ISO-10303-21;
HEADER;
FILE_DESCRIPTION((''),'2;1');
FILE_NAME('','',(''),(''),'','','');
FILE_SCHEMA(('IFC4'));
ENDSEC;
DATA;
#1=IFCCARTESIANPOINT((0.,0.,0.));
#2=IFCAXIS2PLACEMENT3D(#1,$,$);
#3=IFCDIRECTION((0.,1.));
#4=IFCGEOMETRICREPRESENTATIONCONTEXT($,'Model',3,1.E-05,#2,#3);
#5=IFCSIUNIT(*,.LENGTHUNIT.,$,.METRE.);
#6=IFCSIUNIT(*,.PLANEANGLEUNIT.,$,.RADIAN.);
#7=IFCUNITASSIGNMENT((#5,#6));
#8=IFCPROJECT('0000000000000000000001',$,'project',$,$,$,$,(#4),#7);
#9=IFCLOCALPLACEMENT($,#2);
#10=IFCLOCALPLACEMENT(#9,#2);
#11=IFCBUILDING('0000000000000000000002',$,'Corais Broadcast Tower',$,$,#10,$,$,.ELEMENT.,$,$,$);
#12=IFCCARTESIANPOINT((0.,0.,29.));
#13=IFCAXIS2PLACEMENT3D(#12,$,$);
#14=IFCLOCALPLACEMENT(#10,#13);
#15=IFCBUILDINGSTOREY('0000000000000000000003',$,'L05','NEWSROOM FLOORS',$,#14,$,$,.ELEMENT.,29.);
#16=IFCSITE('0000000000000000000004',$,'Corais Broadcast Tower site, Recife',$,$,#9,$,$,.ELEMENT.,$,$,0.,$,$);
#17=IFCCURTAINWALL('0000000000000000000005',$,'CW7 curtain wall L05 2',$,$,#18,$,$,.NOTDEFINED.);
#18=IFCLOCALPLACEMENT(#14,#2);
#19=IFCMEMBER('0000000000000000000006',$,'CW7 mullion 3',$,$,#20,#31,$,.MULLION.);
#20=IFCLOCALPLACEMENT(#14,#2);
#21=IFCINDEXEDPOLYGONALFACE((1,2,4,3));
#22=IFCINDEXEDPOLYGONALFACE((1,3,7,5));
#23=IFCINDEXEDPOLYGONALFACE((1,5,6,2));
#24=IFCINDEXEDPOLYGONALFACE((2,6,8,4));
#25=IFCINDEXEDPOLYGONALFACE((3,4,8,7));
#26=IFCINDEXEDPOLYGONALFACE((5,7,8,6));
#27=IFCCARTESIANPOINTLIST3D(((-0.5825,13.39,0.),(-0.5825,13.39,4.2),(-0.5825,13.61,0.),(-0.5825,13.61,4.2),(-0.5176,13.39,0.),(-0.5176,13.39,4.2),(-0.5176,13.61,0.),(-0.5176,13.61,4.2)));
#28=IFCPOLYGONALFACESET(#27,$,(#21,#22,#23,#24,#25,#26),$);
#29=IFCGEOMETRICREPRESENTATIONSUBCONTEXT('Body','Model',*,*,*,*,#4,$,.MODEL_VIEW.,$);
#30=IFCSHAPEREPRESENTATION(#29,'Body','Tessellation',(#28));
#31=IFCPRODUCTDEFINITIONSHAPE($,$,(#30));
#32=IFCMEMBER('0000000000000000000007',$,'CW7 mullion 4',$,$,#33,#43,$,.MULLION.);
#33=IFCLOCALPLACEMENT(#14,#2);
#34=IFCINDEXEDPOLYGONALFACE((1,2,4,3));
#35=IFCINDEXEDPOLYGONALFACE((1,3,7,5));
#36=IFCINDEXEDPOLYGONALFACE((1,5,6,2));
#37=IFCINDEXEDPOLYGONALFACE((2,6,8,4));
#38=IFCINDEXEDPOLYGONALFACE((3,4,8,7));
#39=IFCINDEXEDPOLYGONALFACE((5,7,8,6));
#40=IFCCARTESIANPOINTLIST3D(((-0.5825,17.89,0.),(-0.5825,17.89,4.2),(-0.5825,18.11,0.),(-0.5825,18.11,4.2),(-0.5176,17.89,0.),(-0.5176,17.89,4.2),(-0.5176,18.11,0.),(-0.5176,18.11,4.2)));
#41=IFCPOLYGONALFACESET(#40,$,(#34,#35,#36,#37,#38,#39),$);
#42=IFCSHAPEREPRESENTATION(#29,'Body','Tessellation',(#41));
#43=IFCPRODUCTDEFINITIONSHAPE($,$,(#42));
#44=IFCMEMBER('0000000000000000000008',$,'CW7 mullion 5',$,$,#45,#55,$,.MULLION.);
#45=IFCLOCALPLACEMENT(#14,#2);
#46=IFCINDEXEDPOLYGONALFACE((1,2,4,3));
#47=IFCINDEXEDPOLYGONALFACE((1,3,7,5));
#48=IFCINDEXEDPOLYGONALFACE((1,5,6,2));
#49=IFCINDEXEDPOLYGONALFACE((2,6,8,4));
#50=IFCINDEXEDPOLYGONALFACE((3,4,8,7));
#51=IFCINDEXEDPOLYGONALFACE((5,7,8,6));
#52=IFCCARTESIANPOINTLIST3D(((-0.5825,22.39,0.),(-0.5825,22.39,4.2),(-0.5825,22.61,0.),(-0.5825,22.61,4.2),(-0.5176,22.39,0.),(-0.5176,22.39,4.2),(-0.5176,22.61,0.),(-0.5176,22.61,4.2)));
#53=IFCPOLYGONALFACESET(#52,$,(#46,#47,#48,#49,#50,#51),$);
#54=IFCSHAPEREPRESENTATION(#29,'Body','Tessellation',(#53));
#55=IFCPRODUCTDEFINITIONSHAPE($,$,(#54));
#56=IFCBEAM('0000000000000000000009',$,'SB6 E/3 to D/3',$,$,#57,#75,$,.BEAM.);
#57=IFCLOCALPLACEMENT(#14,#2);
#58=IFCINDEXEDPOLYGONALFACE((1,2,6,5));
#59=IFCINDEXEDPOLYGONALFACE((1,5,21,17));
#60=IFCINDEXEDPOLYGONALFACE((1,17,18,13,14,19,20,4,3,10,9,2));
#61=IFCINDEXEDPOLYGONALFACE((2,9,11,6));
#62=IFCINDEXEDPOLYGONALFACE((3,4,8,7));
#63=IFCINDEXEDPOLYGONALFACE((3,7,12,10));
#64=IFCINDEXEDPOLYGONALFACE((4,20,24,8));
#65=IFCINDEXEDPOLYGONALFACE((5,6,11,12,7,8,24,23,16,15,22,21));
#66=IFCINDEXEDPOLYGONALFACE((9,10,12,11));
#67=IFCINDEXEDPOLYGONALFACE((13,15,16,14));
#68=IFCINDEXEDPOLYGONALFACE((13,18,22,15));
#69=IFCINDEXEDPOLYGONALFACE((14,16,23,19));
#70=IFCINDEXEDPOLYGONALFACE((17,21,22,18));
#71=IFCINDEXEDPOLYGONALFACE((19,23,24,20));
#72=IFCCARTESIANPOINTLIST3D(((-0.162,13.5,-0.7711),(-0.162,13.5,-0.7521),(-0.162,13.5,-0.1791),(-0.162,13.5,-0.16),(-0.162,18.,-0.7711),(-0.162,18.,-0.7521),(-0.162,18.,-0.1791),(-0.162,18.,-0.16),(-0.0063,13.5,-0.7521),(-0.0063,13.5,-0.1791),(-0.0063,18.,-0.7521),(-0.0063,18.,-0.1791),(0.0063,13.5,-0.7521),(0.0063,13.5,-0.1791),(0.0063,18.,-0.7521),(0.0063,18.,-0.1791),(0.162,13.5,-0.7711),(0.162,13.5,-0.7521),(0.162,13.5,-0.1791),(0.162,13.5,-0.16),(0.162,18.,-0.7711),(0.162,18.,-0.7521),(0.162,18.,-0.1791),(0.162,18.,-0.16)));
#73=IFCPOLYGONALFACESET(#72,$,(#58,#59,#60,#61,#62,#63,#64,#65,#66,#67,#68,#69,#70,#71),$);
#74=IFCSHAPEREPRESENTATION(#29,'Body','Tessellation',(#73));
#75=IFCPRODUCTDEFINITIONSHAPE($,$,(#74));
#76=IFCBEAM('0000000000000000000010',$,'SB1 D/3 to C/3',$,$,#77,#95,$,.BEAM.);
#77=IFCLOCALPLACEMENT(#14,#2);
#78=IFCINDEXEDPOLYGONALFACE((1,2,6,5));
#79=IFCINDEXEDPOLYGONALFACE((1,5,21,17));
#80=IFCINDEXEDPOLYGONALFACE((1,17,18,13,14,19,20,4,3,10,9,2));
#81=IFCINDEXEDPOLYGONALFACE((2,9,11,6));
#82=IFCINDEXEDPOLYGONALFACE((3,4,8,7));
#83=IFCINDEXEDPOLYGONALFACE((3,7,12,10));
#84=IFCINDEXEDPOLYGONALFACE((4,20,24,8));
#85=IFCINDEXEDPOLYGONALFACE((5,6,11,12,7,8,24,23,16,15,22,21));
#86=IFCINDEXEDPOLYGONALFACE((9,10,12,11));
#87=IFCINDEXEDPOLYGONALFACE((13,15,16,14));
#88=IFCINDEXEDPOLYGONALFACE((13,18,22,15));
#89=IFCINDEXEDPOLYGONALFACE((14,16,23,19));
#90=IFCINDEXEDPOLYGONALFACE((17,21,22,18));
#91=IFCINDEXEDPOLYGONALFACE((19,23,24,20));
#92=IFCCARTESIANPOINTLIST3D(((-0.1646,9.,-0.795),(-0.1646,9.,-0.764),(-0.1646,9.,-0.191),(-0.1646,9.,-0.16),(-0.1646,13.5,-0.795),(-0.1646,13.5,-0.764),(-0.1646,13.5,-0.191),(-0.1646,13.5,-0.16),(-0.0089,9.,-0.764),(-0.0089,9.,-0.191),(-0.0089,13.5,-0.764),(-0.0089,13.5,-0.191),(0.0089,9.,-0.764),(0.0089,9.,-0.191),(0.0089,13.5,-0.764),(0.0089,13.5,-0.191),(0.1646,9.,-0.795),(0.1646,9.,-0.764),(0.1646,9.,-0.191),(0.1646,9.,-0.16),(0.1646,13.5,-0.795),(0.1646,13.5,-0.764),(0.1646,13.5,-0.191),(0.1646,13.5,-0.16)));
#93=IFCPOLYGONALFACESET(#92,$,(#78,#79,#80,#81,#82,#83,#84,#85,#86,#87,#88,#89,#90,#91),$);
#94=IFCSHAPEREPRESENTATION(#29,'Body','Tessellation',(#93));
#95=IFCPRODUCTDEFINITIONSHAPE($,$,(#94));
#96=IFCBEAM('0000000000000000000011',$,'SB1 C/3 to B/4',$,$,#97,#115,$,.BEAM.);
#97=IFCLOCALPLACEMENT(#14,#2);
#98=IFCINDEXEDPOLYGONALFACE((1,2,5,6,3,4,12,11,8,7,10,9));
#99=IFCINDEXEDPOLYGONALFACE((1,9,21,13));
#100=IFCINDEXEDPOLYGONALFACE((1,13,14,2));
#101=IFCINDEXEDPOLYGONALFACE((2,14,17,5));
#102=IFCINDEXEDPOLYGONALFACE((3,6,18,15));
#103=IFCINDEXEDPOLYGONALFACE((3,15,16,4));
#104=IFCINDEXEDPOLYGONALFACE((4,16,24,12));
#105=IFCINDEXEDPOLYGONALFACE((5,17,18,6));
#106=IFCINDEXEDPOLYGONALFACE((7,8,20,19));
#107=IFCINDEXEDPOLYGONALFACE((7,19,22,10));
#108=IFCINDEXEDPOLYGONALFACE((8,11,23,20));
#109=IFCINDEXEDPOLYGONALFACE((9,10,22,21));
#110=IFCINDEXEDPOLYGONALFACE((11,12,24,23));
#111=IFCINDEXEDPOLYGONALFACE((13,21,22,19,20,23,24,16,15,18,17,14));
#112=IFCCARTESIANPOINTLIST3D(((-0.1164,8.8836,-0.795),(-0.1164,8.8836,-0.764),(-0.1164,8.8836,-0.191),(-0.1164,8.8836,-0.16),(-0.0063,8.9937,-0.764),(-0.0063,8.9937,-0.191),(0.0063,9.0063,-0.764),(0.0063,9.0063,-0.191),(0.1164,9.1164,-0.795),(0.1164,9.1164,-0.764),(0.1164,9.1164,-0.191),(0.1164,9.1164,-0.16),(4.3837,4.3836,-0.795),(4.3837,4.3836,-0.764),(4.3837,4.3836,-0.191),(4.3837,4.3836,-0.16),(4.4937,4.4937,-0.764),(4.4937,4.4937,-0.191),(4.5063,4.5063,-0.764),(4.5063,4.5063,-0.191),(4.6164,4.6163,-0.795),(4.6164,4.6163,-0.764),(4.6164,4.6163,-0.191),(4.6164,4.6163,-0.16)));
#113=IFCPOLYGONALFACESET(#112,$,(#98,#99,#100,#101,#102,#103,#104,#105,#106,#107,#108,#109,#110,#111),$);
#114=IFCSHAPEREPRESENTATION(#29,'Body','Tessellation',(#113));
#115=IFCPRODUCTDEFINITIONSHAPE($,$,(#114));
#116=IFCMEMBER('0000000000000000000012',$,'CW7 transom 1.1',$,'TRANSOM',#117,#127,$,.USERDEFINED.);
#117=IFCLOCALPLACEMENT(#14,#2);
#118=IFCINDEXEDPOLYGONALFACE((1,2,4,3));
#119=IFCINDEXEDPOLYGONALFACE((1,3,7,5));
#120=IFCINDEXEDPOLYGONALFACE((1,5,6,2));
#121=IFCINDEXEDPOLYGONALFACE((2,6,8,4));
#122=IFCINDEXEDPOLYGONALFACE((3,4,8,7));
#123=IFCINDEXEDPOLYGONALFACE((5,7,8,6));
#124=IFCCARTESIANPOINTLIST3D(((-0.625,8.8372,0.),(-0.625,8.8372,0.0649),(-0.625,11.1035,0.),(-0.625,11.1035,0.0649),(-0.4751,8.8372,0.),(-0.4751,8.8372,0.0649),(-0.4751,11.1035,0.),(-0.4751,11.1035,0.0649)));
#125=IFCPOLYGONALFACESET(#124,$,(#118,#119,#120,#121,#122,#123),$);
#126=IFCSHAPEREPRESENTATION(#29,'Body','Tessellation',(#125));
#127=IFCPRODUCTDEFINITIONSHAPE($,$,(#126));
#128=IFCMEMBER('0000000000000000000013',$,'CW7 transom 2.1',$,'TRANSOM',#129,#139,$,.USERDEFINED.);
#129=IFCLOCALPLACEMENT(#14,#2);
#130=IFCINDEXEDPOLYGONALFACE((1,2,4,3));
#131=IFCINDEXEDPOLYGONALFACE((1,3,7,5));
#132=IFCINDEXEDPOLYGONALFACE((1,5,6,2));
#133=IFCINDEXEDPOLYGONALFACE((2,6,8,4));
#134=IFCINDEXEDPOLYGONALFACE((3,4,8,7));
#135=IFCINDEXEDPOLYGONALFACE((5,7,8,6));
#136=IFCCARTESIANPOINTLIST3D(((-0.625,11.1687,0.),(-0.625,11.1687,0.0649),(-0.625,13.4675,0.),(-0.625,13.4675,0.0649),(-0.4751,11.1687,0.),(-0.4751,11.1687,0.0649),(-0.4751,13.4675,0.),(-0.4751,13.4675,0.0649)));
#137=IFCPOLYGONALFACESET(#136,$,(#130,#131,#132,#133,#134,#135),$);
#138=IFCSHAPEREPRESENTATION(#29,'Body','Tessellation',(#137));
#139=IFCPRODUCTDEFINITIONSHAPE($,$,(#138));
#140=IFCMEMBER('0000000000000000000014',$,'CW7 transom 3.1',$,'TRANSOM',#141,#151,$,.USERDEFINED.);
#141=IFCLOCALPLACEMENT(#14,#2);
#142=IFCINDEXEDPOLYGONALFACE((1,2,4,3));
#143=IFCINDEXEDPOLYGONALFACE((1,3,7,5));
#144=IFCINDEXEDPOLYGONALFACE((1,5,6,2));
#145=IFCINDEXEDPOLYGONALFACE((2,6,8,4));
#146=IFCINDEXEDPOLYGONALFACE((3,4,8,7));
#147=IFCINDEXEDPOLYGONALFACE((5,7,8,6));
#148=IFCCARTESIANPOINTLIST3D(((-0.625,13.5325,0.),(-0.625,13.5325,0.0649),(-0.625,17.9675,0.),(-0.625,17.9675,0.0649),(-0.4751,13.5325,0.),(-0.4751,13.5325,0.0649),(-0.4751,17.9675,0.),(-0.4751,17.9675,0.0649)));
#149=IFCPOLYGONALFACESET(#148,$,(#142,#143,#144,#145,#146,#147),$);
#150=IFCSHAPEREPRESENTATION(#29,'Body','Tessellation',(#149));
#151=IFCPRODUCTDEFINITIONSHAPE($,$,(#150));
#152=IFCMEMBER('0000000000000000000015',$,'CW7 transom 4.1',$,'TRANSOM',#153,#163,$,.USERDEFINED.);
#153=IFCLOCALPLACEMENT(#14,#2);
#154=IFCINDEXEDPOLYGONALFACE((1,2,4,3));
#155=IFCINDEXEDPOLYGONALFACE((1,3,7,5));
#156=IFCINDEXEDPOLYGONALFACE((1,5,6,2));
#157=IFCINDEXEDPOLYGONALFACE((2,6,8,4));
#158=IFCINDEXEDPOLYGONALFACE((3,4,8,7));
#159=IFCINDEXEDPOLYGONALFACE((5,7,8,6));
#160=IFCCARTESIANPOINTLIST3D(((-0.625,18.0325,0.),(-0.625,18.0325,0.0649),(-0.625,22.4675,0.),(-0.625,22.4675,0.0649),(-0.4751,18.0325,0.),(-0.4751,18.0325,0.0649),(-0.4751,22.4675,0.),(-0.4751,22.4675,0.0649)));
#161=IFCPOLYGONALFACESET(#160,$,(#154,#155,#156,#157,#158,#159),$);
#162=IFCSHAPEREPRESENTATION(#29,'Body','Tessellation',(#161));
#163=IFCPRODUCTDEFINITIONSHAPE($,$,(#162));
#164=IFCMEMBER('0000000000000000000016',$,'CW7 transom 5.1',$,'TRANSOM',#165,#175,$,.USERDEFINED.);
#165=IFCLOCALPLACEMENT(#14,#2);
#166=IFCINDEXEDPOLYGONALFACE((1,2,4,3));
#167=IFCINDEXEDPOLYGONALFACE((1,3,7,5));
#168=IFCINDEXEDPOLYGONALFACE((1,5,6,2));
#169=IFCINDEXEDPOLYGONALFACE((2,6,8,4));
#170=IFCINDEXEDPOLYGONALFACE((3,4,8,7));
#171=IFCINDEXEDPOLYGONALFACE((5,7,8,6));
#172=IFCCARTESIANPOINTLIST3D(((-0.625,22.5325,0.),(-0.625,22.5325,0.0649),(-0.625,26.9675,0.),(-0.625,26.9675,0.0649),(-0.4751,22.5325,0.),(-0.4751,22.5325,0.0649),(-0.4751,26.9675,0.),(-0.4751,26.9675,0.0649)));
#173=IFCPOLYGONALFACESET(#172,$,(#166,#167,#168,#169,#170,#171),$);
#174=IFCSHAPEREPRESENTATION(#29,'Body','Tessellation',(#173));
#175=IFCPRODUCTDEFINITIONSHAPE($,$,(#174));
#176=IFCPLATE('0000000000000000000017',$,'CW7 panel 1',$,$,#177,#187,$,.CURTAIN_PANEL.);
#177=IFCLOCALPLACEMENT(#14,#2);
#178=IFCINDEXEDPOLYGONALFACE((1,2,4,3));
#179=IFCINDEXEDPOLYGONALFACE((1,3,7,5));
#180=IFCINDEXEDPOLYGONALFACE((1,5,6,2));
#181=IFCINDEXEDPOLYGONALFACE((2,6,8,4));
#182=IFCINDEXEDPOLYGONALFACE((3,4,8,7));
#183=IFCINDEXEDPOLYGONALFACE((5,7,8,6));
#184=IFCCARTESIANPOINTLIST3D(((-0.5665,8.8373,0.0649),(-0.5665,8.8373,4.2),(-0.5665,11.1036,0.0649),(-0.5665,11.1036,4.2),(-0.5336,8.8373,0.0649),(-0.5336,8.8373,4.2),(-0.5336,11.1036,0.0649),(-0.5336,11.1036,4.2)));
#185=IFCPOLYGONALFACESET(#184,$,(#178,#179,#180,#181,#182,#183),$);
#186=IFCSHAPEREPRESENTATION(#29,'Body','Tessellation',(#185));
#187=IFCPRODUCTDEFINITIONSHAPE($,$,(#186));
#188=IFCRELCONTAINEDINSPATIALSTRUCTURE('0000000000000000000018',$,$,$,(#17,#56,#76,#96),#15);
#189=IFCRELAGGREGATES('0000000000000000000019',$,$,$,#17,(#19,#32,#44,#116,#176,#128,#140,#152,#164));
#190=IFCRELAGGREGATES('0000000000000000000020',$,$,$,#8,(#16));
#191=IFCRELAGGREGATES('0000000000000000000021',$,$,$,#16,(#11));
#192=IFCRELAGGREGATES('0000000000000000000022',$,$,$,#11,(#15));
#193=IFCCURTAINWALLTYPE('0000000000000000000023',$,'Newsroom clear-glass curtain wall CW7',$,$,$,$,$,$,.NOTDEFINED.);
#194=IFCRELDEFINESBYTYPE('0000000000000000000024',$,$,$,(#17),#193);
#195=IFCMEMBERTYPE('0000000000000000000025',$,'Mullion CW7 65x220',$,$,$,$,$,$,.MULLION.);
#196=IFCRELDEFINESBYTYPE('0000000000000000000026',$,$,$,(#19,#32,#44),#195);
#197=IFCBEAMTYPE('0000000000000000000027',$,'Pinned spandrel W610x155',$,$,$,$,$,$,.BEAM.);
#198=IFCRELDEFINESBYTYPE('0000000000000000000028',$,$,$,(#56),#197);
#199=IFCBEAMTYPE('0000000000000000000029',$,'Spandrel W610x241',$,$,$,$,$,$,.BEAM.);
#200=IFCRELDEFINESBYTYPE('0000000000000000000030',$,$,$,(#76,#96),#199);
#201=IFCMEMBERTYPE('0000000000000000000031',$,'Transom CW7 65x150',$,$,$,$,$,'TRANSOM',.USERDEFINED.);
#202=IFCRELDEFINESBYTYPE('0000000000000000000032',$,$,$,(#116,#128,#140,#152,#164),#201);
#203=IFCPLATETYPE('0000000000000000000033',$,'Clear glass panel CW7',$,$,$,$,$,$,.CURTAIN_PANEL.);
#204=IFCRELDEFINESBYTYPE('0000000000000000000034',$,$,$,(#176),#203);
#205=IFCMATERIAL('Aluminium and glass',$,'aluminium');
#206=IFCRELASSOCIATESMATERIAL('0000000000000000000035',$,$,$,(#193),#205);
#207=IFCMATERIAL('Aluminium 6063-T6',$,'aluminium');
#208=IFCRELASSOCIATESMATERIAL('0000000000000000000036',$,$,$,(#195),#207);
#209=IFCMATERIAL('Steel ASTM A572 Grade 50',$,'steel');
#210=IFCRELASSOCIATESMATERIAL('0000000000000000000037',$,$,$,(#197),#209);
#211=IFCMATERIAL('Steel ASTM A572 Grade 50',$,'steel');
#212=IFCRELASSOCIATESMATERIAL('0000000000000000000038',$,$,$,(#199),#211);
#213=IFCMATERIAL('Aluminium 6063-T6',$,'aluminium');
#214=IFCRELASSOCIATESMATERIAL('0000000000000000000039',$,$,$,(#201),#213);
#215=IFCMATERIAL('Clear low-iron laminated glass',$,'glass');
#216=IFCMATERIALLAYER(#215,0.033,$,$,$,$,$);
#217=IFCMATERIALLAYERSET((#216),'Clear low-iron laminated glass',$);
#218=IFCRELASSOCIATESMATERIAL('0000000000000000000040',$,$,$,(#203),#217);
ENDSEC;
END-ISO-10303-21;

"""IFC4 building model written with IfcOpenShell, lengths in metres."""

from ifc_helpers import new_model, si_unit, direction, frame, origin, origin_2d, place, context, subcontext, project, spatial, rectangle, i_section, extrude, material, layer, layer_set, material_profile, profile_set, type_object, element, aggregate, save


model = new_model("IFC4")

# Units and contexts
model_context = context("Model", 3, precision=1e-05, world=origin(), true_north=direction((0.0, 1.0)))
body_context = subcontext(model_context, "Body", "Model", "MODEL_VIEW")
ifc_project = project(units=[si_unit("LENGTHUNIT", "METRE"), si_unit("PLANEANGLEUNIT", "RADIAN")], contexts=[model_context])

# Site, building, storey
site_placement = place(None, origin())
site = spatial("IfcSite", under=ifc_project, at=site_placement, Name="Corais Broadcast Tower site, Recife", CompositionType="ELEMENT", RefElevation=0.0)
building_placement = place(site_placement, origin())
building = spatial("IfcBuilding", under=site, at=building_placement, Name="Corais Broadcast Tower", CompositionType="ELEMENT")
storey_placement = place(building_placement, frame((0.0, 0.0, 29.0)))
storey = spatial("IfcBuildingStorey", under=building, at=storey_placement, Name="L05", Description="NEWSROOM FLOORS", CompositionType="ELEMENT", Elevation=29.0)

# Shared definitions
ifc_material_1 = material(Name="Aluminium and glass", Category="aluminium")
curtain_wall_type = type_object("IfcCurtainWallType", Name="Newsroom clear-glass curtain wall CW7", PredefinedType="NOTDEFINED", material=ifc_material_1)
ifc_material_2 = material(Name="Aluminium 6063-T6", Category="aluminium")
ifc_material_profile_1 = material_profile(ifc_material_2, rectangle(XDim=0.0649, YDim=0.22, at=origin_2d()), Name="Mullion CW7 65x220")
ifc_profile_set_1 = profile_set([ifc_material_profile_1], Name="Aluminium 6063-T6")
member_type_1 = type_object("IfcMemberType", Name="Mullion CW7 65x220", PredefinedType="MULLION", material=ifc_profile_set_1)

# Curtain wall, members
curtain_wall_1_placement = place(storey_placement, origin())
curtain_wall_1 = element("IfcCurtainWall", 1, at=curtain_wall_1_placement, inside=storey, type_object=curtain_wall_type, Name="CW7 curtain wall L05 2", PredefinedType="NOTDEFINED")
member_1_placement = place(storey_placement, frame((-0.55, 13.5, 0.0), z_axis=(0.0, 0.0, 1.0), x_axis=(-1.0, 0.0, 0.0)))
member_1 = element("IfcMember", 2, at=member_1_placement, type_object=member_type_1, Name="CW7 mullion 3", PredefinedType="MULLION", context=body_context, shape_type="SweptSolid", body=[
    extrude(rectangle(XDim=0.0649, YDim=0.22, at=origin_2d()), origin(), (0.0, 0.0, 1.0), 4.2),
])
member_2_placement = place(storey_placement, frame((-0.55, 18.0, 0.0), z_axis=(0.0, 0.0, 1.0), x_axis=(-1.0, 0.0, 0.0)))
member_2 = element("IfcMember", 3, at=member_2_placement, type_object=member_type_1, Name="CW7 mullion 4", PredefinedType="MULLION", context=body_context, shape_type="SweptSolid", body=[
    extrude(rectangle(XDim=0.0649, YDim=0.22, at=origin_2d()), origin(), (0.0, 0.0, 1.0), 4.2),
])
member_3_placement = place(storey_placement, frame((-0.55, 22.5, 0.0), z_axis=(0.0, 0.0, 1.0), x_axis=(-1.0, 0.0, 0.0)))
member_3 = element("IfcMember", 4, at=member_3_placement, type_object=member_type_1, Name="CW7 mullion 5", PredefinedType="MULLION", context=body_context, shape_type="SweptSolid", body=[
    extrude(rectangle(XDim=0.0649, YDim=0.22, at=origin_2d()), origin(), (0.0, 0.0, 1.0), 4.2),
])

# Beams
ifc_material_3 = material(Name="Steel ASTM A572 Grade 50", Category="steel")
ifc_material_profile_2 = material_profile(ifc_material_3, i_section(OverallWidth=0.324, OverallDepth=0.6111, WebThickness=0.0127, FlangeThickness=0.019, at=origin_2d()), Name="W610x155")
ifc_profile_set_2 = profile_set([ifc_material_profile_2], Name="Steel ASTM A572 Grade 50")
beam_type_1 = type_object("IfcBeamType", Name="Pinned spandrel W610x155", PredefinedType="BEAM", material=ifc_profile_set_2)
beam_1_placement = place(storey_placement, frame((0.0, 18.0, -0.4656), z_axis=(0.0, -1.0, 0.0), x_axis=(1.0, 0.0, 0.0)))
element("IfcBeam", 5, at=beam_1_placement, inside=storey, type_object=beam_type_1, Name="SB6 E/3 to D/3", PredefinedType="BEAM", context=body_context, shape_type="SweptSolid", body=[
    extrude(i_section(OverallWidth=0.324, OverallDepth=0.6111, WebThickness=0.0127, FlangeThickness=0.019, at=origin_2d()), origin(), (0.0, 0.0, 1.0), 4.5),
])
ifc_material_4 = material(Name="Steel ASTM A572 Grade 50", Category="steel")
ifc_material_profile_3 = material_profile(ifc_material_4, i_section(OverallWidth=0.3291, OverallDepth=0.635, WebThickness=0.0178, FlangeThickness=0.031, at=origin_2d()), Name="W610x241")
ifc_profile_set_3 = profile_set([ifc_material_profile_3], Name="Steel ASTM A572 Grade 50")
beam_type_2 = type_object("IfcBeamType", Name="Spandrel W610x241", PredefinedType="BEAM", material=ifc_profile_set_3)
beam_2_placement = place(storey_placement, frame((0.0, 13.5, -0.4775), z_axis=(0.0, -1.0, 0.0), x_axis=(1.0, 0.0, 0.0)))
element("IfcBeam", 6, at=beam_2_placement, inside=storey, type_object=beam_type_2, Name="SB1 D/3 to C/3", PredefinedType="BEAM", context=body_context, shape_type="SweptSolid", body=[
    extrude(i_section(OverallWidth=0.3291, OverallDepth=0.635, WebThickness=0.0178, FlangeThickness=0.031, at=origin_2d()), origin(), (0.0, 0.0, 1.0), 4.5),
])
beam_3_placement = place(storey_placement, frame((0.0, 9.0, -0.4775), z_axis=(0.707107, -0.707107, 0.0), x_axis=(0.707107, 0.707107, 0.0)))
element("IfcBeam", 7, at=beam_3_placement, inside=storey, type_object=beam_type_2, Name="SB1 C/3 to B/4", PredefinedType="BEAM", context=body_context, shape_type="SweptSolid", body=[
    extrude(i_section(OverallWidth=0.3291, OverallDepth=0.635, WebThickness=0.0178, FlangeThickness=0.031, at=origin_2d()), origin(), (0.0, 0.0, 1.0), 6.364),
])

# Members
ifc_material_5 = material(Name="Aluminium 6063-T6", Category="aluminium")
ifc_material_profile_4 = material_profile(ifc_material_5, rectangle(XDim=0.1499, YDim=0.0649, at=origin_2d()), Name="Transom CW7 65x150")
ifc_profile_set_4 = profile_set([ifc_material_profile_4], Name="Aluminium 6063-T6")
member_type_2 = type_object("IfcMemberType", Name="Transom CW7 65x150", ElementType="TRANSOM", PredefinedType="USERDEFINED", material=ifc_profile_set_4)
member_4_placement = place(storey_placement, frame((-0.55, 8.8372, 0.0325), z_axis=(0.0, 1.0, 0.0), x_axis=(-1.0, 0.0, 0.0)))
member_4 = element("IfcMember", 8, at=member_4_placement, type_object=member_type_2, Name="CW7 transom 1.1", ObjectType="TRANSOM", PredefinedType="USERDEFINED", context=body_context, shape_type="SweptSolid", body=[
    extrude(rectangle(XDim=0.1499, YDim=0.0649, at=origin_2d()), origin(), (0.0, 0.0, 1.0), 2.2664),
])
member_5_placement = place(storey_placement, frame((-0.55, 11.1687, 0.0325), z_axis=(0.0, 1.0, 0.0), x_axis=(-1.0, 0.0, 0.0)))
member_5 = element("IfcMember", 9, at=member_5_placement, type_object=member_type_2, Name="CW7 transom 2.1", ObjectType="TRANSOM", PredefinedType="USERDEFINED", context=body_context, shape_type="SweptSolid", body=[
    extrude(rectangle(XDim=0.1499, YDim=0.0649, at=origin_2d()), origin(), (0.0, 0.0, 1.0), 2.2988),
])
member_6_placement = place(storey_placement, frame((-0.55, 13.5325, 0.0325), z_axis=(0.0, 1.0, 0.0), x_axis=(-1.0, 0.0, 0.0)))
member_6 = element("IfcMember", 10, at=member_6_placement, type_object=member_type_2, Name="CW7 transom 3.1", ObjectType="TRANSOM", PredefinedType="USERDEFINED", context=body_context, shape_type="SweptSolid", body=[
    extrude(rectangle(XDim=0.1499, YDim=0.0649, at=origin_2d()), origin(), (0.0, 0.0, 1.0), 4.4351),
])
member_7_placement = place(storey_placement, frame((-0.55, 18.0325, 0.0325), z_axis=(0.0, 1.0, 0.0), x_axis=(-1.0, 0.0, 0.0)))
member_7 = element("IfcMember", 11, at=member_7_placement, type_object=member_type_2, Name="CW7 transom 4.1", ObjectType="TRANSOM", PredefinedType="USERDEFINED", context=body_context, shape_type="SweptSolid", body=[
    extrude(rectangle(XDim=0.1499, YDim=0.0649, at=origin_2d()), origin(), (0.0, 0.0, 1.0), 4.4351),
])
member_8_placement = place(storey_placement, frame((-0.55, 22.5325, 0.0325), z_axis=(0.0, 1.0, 0.0), x_axis=(-1.0, 0.0, 0.0)))
member_8 = element("IfcMember", 12, at=member_8_placement, type_object=member_type_2, Name="CW7 transom 5.1", ObjectType="TRANSOM", PredefinedType="USERDEFINED", context=body_context, shape_type="SweptSolid", body=[
    extrude(rectangle(XDim=0.1499, YDim=0.0649, at=origin_2d()), origin(), (0.0, 0.0, 1.0), 4.4351),
])

# Plate
ifc_material_6 = material(Name="Clear low-iron laminated glass", Category="glass")
ifc_layer_1 = layer(ifc_material_6, 0.033)
ifc_layer_set_1 = layer_set([ifc_layer_1], Name="Clear low-iron laminated glass")
plate_type_1 = type_object("IfcPlateType", Name="Clear glass panel CW7", PredefinedType="CURTAIN_PANEL", material=ifc_layer_set_1)
plate_1_placement = place(storey_placement, frame((-0.55, 9.9705, 0.0649), z_axis=(0.0, 0.0, 1.0), x_axis=(0.0, 1.0, 0.0)))
plate_1 = element("IfcPlate", 13, at=plate_1_placement, type_object=plate_type_1, Name="CW7 panel 1", PredefinedType="CURTAIN_PANEL", context=body_context, shape_type="SweptSolid", body=[
    extrude(rectangle(XDim=2.2664, YDim=0.033, at=origin_2d()), origin(), (0.0, 0.0, 1.0), 4.135),
])
aggregate(curtain_wall_1, [member_1, member_2, member_3, member_4, plate_1, member_5, member_6, member_7, member_8])

save(model, "model.ifc")
